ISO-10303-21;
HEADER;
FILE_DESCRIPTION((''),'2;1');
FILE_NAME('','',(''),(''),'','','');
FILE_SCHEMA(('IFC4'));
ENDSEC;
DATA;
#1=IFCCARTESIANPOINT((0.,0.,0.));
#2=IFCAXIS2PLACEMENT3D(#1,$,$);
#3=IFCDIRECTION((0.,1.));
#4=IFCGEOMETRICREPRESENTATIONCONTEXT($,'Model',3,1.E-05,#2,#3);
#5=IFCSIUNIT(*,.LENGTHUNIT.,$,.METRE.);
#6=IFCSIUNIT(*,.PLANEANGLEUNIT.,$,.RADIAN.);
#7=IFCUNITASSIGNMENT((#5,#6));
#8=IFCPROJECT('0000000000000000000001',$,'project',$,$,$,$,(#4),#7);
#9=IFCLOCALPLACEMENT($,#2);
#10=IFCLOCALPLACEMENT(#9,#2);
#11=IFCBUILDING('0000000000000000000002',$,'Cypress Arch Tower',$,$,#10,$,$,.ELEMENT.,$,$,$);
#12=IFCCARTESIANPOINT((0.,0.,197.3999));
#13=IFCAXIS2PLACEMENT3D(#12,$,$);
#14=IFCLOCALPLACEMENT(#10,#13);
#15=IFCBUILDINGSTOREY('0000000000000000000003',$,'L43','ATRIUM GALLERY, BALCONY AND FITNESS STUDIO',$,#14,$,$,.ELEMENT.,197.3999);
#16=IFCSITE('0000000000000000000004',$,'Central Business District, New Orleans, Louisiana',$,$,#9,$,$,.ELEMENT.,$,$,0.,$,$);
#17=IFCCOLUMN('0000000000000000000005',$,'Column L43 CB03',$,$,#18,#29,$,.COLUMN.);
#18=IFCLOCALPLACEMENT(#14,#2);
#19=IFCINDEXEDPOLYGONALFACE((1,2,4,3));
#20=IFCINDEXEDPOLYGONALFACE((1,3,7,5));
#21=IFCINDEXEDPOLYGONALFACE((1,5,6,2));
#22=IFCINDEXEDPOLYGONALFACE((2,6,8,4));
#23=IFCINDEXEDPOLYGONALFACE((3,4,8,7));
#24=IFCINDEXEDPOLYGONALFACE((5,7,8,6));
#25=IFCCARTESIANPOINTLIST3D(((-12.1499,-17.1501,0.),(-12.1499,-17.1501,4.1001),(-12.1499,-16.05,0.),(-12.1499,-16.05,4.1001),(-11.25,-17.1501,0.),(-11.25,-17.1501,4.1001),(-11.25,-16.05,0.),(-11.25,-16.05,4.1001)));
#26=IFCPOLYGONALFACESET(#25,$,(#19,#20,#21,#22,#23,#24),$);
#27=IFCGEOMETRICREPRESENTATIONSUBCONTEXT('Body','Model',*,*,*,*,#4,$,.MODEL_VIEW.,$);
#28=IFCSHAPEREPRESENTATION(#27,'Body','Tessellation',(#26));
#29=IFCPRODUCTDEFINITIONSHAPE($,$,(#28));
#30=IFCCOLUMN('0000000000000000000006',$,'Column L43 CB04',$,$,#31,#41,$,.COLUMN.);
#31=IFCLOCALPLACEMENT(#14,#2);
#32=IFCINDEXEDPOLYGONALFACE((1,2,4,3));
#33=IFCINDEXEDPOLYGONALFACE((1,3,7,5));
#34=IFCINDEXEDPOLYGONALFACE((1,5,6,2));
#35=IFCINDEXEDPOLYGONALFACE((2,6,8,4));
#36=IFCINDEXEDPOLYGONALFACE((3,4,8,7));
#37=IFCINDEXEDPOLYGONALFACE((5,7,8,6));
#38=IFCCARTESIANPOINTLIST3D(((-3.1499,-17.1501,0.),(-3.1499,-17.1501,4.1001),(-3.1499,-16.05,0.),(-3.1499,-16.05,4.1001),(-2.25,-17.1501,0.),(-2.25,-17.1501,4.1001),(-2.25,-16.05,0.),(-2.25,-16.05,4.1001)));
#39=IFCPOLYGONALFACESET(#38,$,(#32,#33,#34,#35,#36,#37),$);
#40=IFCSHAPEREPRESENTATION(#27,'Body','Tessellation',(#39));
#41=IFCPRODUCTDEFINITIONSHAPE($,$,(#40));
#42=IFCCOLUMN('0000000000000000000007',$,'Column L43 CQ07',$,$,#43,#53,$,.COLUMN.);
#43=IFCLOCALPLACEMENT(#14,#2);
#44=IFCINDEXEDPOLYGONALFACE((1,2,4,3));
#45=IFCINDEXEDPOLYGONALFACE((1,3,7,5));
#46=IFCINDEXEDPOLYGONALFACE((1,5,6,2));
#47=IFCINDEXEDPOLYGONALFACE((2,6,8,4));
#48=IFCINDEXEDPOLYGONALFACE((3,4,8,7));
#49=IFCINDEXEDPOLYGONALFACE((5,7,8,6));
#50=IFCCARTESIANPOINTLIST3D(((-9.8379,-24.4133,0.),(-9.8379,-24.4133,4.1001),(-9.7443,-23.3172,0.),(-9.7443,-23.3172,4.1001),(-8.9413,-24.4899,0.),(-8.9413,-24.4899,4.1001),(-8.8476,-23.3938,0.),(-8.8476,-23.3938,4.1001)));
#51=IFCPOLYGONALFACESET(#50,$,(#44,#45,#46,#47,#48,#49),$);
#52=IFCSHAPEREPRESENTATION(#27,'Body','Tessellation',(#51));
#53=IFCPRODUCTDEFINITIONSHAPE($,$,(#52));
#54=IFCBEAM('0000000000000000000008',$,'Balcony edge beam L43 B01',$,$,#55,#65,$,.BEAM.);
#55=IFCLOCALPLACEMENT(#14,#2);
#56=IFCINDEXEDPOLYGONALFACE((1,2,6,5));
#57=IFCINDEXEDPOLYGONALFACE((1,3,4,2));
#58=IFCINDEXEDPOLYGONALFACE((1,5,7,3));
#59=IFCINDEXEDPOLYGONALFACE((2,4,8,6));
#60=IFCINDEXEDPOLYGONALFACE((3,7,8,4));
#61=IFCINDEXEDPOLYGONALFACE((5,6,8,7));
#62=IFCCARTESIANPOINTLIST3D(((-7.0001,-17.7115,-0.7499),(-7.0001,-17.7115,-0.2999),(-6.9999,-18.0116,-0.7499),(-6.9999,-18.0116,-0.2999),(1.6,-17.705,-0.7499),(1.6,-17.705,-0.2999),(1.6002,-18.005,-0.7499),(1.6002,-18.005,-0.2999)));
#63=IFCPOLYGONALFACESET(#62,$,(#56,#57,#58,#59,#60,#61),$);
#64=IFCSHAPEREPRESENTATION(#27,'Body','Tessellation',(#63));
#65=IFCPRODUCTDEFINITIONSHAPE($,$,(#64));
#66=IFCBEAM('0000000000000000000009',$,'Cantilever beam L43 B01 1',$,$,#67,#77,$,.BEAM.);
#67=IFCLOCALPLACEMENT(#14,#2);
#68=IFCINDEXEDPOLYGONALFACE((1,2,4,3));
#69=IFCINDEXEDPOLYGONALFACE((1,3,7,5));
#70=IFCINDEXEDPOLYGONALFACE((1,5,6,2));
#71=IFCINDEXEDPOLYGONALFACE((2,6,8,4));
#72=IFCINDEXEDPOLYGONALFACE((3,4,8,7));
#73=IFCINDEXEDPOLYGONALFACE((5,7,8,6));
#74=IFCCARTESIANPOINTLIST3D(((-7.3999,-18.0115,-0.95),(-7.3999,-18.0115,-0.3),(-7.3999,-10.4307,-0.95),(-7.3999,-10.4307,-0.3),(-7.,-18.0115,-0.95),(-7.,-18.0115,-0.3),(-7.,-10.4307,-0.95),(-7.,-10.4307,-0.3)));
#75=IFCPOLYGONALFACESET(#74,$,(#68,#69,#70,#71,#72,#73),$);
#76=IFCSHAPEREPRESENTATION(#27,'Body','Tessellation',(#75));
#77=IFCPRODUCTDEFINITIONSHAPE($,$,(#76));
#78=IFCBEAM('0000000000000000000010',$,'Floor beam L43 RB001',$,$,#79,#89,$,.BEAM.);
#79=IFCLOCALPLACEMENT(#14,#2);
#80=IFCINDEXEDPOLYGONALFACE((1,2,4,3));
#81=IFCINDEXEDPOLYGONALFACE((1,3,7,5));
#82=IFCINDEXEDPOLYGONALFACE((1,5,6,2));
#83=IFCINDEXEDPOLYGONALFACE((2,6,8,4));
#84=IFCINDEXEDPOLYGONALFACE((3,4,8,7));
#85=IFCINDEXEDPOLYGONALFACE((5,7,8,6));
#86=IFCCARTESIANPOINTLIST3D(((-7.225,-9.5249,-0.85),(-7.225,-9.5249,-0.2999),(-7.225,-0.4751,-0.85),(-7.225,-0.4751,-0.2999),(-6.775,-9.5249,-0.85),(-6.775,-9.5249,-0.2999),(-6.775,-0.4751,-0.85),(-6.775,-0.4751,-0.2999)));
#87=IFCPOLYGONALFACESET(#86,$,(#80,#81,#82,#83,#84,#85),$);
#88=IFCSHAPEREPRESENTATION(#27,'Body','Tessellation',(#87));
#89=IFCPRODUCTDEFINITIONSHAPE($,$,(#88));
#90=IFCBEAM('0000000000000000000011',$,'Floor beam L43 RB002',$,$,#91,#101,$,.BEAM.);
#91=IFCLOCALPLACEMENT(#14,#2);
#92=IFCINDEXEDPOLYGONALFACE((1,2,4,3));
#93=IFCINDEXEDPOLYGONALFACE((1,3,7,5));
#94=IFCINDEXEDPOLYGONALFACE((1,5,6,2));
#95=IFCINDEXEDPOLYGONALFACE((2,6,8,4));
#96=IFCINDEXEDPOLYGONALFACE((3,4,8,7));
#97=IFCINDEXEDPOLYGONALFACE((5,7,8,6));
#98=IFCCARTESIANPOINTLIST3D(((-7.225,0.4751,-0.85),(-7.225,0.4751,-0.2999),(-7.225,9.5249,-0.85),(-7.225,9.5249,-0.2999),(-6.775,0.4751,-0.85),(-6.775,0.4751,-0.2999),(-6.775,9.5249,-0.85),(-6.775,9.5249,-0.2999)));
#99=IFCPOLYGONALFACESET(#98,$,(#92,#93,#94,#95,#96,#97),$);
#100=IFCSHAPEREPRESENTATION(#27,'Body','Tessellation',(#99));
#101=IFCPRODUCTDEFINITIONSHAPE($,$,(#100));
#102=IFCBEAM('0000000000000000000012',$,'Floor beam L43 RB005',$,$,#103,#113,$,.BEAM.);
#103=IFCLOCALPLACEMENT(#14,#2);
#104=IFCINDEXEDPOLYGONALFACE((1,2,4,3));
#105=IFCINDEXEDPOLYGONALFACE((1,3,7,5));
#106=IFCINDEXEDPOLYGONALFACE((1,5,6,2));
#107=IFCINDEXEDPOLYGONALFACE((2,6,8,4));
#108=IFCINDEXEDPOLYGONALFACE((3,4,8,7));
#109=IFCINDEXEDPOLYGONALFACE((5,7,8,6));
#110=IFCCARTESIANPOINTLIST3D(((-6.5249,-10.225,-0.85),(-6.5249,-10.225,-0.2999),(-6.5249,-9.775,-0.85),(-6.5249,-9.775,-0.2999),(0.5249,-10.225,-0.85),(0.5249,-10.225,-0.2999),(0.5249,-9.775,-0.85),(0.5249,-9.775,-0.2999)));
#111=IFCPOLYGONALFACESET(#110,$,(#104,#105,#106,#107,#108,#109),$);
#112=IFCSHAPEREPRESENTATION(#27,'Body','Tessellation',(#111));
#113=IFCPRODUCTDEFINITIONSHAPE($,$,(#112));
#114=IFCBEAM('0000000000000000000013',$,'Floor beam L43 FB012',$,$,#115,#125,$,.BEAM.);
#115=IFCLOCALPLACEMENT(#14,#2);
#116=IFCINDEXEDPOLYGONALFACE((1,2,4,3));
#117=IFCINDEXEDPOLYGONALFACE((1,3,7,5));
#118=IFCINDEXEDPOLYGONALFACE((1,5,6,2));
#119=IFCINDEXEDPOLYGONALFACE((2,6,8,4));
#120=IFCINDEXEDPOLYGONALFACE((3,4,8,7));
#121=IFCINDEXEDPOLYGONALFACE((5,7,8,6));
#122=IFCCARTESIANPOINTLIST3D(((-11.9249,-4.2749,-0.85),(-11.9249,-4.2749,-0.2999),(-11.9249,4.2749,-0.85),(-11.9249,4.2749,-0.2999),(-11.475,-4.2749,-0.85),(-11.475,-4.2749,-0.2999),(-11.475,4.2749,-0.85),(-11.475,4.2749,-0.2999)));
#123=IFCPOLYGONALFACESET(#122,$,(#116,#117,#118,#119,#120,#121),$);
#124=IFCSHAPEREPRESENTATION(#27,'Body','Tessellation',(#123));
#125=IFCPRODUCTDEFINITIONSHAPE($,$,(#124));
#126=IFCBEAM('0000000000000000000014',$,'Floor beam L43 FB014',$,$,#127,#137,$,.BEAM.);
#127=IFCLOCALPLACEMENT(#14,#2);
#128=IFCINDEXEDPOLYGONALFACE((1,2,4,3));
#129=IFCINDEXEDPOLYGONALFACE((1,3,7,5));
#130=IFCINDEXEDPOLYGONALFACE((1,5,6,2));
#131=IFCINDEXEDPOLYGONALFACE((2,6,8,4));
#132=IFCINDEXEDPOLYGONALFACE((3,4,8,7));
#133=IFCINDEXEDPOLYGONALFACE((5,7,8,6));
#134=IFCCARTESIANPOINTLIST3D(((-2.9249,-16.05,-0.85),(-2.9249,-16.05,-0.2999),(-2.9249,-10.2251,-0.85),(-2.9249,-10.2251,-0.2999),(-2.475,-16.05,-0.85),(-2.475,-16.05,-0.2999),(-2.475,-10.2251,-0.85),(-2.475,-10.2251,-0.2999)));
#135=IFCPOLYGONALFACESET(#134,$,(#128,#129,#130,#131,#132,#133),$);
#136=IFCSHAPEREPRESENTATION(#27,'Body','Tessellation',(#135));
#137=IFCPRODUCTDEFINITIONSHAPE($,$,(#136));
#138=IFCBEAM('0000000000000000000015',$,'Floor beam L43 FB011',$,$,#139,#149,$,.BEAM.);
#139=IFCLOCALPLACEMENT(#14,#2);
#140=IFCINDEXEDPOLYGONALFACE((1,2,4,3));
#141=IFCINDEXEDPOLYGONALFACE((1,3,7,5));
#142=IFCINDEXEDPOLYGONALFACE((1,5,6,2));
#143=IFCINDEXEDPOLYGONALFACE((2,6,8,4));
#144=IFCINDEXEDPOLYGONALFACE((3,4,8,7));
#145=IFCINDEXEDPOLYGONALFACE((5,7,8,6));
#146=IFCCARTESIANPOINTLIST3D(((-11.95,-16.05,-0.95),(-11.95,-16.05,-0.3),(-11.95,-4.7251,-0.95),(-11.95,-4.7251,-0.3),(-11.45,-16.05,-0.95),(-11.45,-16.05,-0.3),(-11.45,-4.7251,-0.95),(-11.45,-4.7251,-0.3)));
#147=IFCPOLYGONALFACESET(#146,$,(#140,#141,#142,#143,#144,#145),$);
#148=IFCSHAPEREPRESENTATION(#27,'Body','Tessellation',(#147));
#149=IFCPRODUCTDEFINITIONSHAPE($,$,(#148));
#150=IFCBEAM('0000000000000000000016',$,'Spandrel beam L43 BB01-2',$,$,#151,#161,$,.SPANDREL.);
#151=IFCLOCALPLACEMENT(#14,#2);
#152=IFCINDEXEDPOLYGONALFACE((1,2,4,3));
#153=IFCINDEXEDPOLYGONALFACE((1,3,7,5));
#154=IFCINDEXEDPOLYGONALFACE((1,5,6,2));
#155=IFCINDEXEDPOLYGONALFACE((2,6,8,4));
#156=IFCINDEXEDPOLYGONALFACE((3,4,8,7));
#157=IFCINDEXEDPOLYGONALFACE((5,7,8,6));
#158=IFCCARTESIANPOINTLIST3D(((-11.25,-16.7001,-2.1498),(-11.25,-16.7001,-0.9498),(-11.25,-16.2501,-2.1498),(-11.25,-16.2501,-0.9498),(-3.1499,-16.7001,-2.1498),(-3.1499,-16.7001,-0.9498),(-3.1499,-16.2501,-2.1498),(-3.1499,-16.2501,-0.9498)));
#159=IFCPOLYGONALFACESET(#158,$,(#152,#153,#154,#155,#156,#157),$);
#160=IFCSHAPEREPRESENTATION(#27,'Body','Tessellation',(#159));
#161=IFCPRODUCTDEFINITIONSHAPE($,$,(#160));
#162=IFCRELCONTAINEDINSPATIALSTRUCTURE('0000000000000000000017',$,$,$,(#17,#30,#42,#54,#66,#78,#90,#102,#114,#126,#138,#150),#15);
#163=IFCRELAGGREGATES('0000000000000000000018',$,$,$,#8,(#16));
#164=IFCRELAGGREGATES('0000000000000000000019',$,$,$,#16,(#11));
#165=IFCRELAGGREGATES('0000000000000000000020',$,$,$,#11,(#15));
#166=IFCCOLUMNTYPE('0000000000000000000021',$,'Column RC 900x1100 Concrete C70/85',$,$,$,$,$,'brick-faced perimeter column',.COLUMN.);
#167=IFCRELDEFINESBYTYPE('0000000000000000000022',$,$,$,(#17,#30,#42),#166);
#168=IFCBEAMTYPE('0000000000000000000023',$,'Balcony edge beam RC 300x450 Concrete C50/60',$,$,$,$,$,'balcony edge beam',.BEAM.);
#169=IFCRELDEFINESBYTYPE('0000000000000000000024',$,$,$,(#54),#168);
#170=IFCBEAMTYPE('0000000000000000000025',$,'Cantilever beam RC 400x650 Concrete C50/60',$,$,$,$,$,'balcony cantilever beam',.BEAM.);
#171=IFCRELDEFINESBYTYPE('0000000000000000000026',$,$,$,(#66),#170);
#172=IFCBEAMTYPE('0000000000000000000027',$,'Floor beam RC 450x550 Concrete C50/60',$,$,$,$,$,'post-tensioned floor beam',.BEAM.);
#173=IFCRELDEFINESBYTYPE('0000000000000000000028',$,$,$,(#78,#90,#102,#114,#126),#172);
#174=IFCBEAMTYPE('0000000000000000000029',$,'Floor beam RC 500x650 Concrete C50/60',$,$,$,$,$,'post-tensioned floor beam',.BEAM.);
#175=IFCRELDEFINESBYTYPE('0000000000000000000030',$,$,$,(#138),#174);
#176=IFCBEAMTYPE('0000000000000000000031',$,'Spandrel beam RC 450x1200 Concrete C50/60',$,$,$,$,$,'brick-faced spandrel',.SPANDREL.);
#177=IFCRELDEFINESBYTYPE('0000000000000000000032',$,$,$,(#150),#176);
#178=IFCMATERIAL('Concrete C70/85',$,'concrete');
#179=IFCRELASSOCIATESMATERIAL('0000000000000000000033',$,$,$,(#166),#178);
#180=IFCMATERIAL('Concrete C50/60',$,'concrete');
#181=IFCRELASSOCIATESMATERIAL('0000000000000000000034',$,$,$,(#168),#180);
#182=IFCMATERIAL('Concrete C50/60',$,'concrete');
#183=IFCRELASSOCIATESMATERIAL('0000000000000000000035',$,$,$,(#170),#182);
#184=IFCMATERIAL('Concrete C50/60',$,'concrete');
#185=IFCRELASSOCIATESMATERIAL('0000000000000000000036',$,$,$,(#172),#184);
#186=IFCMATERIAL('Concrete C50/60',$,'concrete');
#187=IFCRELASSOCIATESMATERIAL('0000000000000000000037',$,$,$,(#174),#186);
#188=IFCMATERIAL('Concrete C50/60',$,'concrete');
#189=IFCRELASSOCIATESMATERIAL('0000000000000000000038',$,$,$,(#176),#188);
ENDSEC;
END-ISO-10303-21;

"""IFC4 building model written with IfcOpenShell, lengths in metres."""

from ifc_helpers import new_model, si_unit, direction, frame, origin, origin_2d, place, context, subcontext, project, spatial, rectangle, extrude, material, material_profile, profile_set, type_object, element, save


model = new_model("IFC4")

# Units and contexts
model_context = context("Model", 3, precision=1e-05, world=origin(), true_north=direction((0.0, 1.0)))
body_context = subcontext(model_context, "Body", "Model", "MODEL_VIEW")
ifc_project = project(units=[si_unit("LENGTHUNIT", "METRE"), si_unit("PLANEANGLEUNIT", "RADIAN")], contexts=[model_context])

# Site, building, storey
site_placement = place(None, origin())
site = spatial("IfcSite", under=ifc_project, at=site_placement, Name="Central Business District, New Orleans, Louisiana", CompositionType="ELEMENT", RefElevation=0.0)
building_placement = place(site_placement, origin())
building = spatial("IfcBuilding", under=site, at=building_placement, Name="Cypress Arch Tower", CompositionType="ELEMENT")
storey_placement = place(building_placement, frame((0.0, 0.0, 197.3999)))
storey = spatial("IfcBuildingStorey", under=building, at=storey_placement, Name="L43", Description="ATRIUM GALLERY, BALCONY AND FITNESS STUDIO", CompositionType="ELEMENT", Elevation=197.3999)

# Columns
ifc_material_1 = material(Name="Concrete C70/85", Category="concrete")
ifc_material_profile_1 = material_profile(ifc_material_1, rectangle(XDim=0.8999, YDim=1.1001, at=origin_2d()), Name="RC 900x1100")
ifc_profile_set_1 = profile_set([ifc_material_profile_1], Name="Concrete C70/85")
column_type = type_object("IfcColumnType", Name="Column RC 900x1100 Concrete C70/85", ElementType="brick-faced perimeter column", PredefinedType="COLUMN", material=ifc_profile_set_1)
for number, where, z_axis, x_axis, name in (
    (1, (-11.7, -16.6001, 0.0), (0.0, 0.0, 1.0), (1.0, 0.0, 0.0), "Column L43 CB03"),
    (2, (-2.7, -16.6001, 0.0), (0.0, 0.0, 1.0), (1.0, 0.0, 0.0), "Column L43 CB04"),
    (3, (-9.3428, -23.9036, 0.0), (0.0, 0.0, 1.0), (0.996368, -0.085149, 0.0), "Column L43 CQ07"),
):
    element("IfcColumn", number, at=place(storey_placement, frame(where, z_axis=z_axis, x_axis=x_axis)), inside=storey, type_object=column_type, Name=name, PredefinedType="COLUMN", context=body_context, shape_type="SweptSolid", body=[
        extrude(rectangle(XDim=0.8999, YDim=1.1001, at=origin_2d()), origin(), (0.0, 0.0, 1.0), 4.1001),
    ])

# Beams
ifc_material_2 = material(Name="Concrete C50/60", Category="concrete")
ifc_material_profile_2 = material_profile(ifc_material_2, rectangle(XDim=0.3, YDim=0.45, at=origin_2d()), Name="RC 300x450")
ifc_profile_set_2 = profile_set([ifc_material_profile_2], Name="Concrete C50/60")
beam_type_1 = type_object("IfcBeamType", Name="Balcony edge beam RC 300x450 Concrete C50/60", ElementType="balcony edge beam", PredefinedType="BEAM", material=ifc_profile_set_2)
beam_1_placement = place(storey_placement, frame((-7.0, -17.8616, -0.5249), z_axis=(1.0, 0.000766, 0.0), x_axis=(-0.000766, 1.0, 0.0)))
element("IfcBeam", 4, at=beam_1_placement, inside=storey, type_object=beam_type_1, Name="Balcony edge beam L43 B01", PredefinedType="BEAM", context=body_context, shape_type="SweptSolid", body=[
    extrude(rectangle(XDim=0.3, YDim=0.45, at=origin_2d()), origin(), (0.0, 0.0, 1.0), 8.6001),
])
ifc_material_3 = material(Name="Concrete C50/60", Category="concrete")
ifc_material_profile_3 = material_profile(ifc_material_3, rectangle(XDim=0.3999, YDim=0.6499, at=origin_2d()), Name="RC 400x650")
ifc_profile_set_3 = profile_set([ifc_material_profile_3], Name="Concrete C50/60")
beam_type_2 = type_object("IfcBeamType", Name="Cantilever beam RC 400x650 Concrete C50/60", ElementType="balcony cantilever beam", PredefinedType="BEAM", material=ifc_profile_set_3)
beam_2_placement = place(storey_placement, frame((-7.2, -10.4307, -0.625), z_axis=(0.0, -1.0, 0.0), x_axis=(1.0, 0.0, 0.0)))
element("IfcBeam", 5, at=beam_2_placement, inside=storey, type_object=beam_type_2, Name="Cantilever beam L43 B01 1", PredefinedType="BEAM", context=body_context, shape_type="SweptSolid", body=[
    extrude(rectangle(XDim=0.3999, YDim=0.6499, at=origin_2d()), origin(), (0.0, 0.0, 1.0), 7.5808),
])
ifc_material_4 = material(Name="Concrete C50/60", Category="concrete")
ifc_material_profile_4 = material_profile(ifc_material_4, rectangle(XDim=0.45, YDim=0.55, at=origin_2d()), Name="RC 450x550")
ifc_profile_set_4 = profile_set([ifc_material_profile_4], Name="Concrete C50/60")
beam_type_3 = type_object("IfcBeamType", Name="Floor beam RC 450x550 Concrete C50/60", ElementType="post-tensioned floor beam", PredefinedType="BEAM", material=ifc_profile_set_4)
for number, where, z_axis, x_axis, name in (
    (6, (-7.0, -9.5249, -0.575), (0.0, 1.0, 0.0), (-1.0, 0.0, 0.0), "Floor beam L43 RB001"),
    (7, (-7.0, 0.4751, -0.575), (0.0, 1.0, 0.0), (-1.0, 0.0, 0.0), "Floor beam L43 RB002"),
):
    element("IfcBeam", number, at=place(storey_placement, frame(where, z_axis=z_axis, x_axis=x_axis)), inside=storey, type_object=beam_type_3, Name=name, PredefinedType="BEAM", context=body_context, shape_type="SweptSolid", body=[
        extrude(rectangle(XDim=0.45, YDim=0.55, at=origin_2d()), origin(), (0.0, 0.0, 1.0), 9.0498),
    ])
beam_3_placement = place(storey_placement, frame((-6.5249, -10.0, -0.575), z_axis=(1.0, 0.0, 0.0), x_axis=(0.0, 1.0, 0.0)))
element("IfcBeam", 8, at=beam_3_placement, inside=storey, type_object=beam_type_3, Name="Floor beam L43 RB005", PredefinedType="BEAM", context=body_context, shape_type="SweptSolid", body=[
    extrude(rectangle(XDim=0.45, YDim=0.55, at=origin_2d()), origin(), (0.0, 0.0, 1.0), 7.0498),
])
beam_4_placement = place(storey_placement, frame((-11.7, -4.2749, -0.575), z_axis=(0.0, 1.0, 0.0), x_axis=(-1.0, 0.0, 0.0)))
element("IfcBeam", 9, at=beam_4_placement, inside=storey, type_object=beam_type_3, Name="Floor beam L43 FB012", PredefinedType="BEAM", context=body_context, shape_type="SweptSolid", body=[
    extrude(rectangle(XDim=0.45, YDim=0.55, at=origin_2d()), origin(), (0.0, 0.0, 1.0), 8.5498),
])
beam_5_placement = place(storey_placement, frame((-2.7, -16.05, -0.575), z_axis=(0.0, 1.0, 0.0), x_axis=(-1.0, 0.0, 0.0)))
element("IfcBeam", 10, at=beam_5_placement, inside=storey, type_object=beam_type_3, Name="Floor beam L43 FB014", PredefinedType="BEAM", context=body_context, shape_type="SweptSolid", body=[
    extrude(rectangle(XDim=0.45, YDim=0.55, at=origin_2d()), origin(), (0.0, 0.0, 1.0), 5.825),
])
ifc_material_5 = material(Name="Concrete C50/60", Category="concrete")
ifc_material_profile_5 = material_profile(ifc_material_5, rectangle(XDim=0.5, YDim=0.6499, at=origin_2d()), Name="RC 500x650")
ifc_profile_set_5 = profile_set([ifc_material_profile_5], Name="Concrete C50/60")
beam_type_4 = type_object("IfcBeamType", Name="Floor beam RC 500x650 Concrete C50/60", ElementType="post-tensioned floor beam", PredefinedType="BEAM", material=ifc_profile_set_5)
beam_6_placement = place(storey_placement, frame((-11.7, -16.05, -0.625), z_axis=(0.0, 1.0, 0.0), x_axis=(-1.0, 0.0, 0.0)))
element("IfcBeam", 11, at=beam_6_placement, inside=storey, type_object=beam_type_4, Name="Floor beam L43 FB011", PredefinedType="BEAM", context=body_context, shape_type="SweptSolid", body=[
    extrude(rectangle(XDim=0.5, YDim=0.6499, at=origin_2d()), origin(), (0.0, 0.0, 1.0), 11.325),
])
ifc_material_6 = material(Name="Concrete C50/60", Category="concrete")
ifc_material_profile_6 = material_profile(ifc_material_6, rectangle(XDim=0.45, YDim=1.2, at=origin_2d()), Name="RC 450x1200")
ifc_profile_set_6 = profile_set([ifc_material_profile_6], Name="Concrete C50/60")
beam_type_5 = type_object("IfcBeamType", Name="Spandrel beam RC 450x1200 Concrete C50/60", ElementType="brick-faced spandrel", PredefinedType="SPANDREL", material=ifc_profile_set_6)
beam_7_placement = place(storey_placement, frame((-11.25, -16.4751, -1.5498), z_axis=(1.0, 0.0, 0.0), x_axis=(0.0, 1.0, 0.0)))
element("IfcBeam", 12, at=beam_7_placement, inside=storey, type_object=beam_type_5, Name="Spandrel beam L43 BB01-2", PredefinedType="SPANDREL", context=body_context, shape_type="SweptSolid", body=[
    extrude(rectangle(XDim=0.45, YDim=1.2, at=origin_2d()), origin(), (0.0, 0.0, 1.0), 8.1001),
])

save(model, "model.ifc")
